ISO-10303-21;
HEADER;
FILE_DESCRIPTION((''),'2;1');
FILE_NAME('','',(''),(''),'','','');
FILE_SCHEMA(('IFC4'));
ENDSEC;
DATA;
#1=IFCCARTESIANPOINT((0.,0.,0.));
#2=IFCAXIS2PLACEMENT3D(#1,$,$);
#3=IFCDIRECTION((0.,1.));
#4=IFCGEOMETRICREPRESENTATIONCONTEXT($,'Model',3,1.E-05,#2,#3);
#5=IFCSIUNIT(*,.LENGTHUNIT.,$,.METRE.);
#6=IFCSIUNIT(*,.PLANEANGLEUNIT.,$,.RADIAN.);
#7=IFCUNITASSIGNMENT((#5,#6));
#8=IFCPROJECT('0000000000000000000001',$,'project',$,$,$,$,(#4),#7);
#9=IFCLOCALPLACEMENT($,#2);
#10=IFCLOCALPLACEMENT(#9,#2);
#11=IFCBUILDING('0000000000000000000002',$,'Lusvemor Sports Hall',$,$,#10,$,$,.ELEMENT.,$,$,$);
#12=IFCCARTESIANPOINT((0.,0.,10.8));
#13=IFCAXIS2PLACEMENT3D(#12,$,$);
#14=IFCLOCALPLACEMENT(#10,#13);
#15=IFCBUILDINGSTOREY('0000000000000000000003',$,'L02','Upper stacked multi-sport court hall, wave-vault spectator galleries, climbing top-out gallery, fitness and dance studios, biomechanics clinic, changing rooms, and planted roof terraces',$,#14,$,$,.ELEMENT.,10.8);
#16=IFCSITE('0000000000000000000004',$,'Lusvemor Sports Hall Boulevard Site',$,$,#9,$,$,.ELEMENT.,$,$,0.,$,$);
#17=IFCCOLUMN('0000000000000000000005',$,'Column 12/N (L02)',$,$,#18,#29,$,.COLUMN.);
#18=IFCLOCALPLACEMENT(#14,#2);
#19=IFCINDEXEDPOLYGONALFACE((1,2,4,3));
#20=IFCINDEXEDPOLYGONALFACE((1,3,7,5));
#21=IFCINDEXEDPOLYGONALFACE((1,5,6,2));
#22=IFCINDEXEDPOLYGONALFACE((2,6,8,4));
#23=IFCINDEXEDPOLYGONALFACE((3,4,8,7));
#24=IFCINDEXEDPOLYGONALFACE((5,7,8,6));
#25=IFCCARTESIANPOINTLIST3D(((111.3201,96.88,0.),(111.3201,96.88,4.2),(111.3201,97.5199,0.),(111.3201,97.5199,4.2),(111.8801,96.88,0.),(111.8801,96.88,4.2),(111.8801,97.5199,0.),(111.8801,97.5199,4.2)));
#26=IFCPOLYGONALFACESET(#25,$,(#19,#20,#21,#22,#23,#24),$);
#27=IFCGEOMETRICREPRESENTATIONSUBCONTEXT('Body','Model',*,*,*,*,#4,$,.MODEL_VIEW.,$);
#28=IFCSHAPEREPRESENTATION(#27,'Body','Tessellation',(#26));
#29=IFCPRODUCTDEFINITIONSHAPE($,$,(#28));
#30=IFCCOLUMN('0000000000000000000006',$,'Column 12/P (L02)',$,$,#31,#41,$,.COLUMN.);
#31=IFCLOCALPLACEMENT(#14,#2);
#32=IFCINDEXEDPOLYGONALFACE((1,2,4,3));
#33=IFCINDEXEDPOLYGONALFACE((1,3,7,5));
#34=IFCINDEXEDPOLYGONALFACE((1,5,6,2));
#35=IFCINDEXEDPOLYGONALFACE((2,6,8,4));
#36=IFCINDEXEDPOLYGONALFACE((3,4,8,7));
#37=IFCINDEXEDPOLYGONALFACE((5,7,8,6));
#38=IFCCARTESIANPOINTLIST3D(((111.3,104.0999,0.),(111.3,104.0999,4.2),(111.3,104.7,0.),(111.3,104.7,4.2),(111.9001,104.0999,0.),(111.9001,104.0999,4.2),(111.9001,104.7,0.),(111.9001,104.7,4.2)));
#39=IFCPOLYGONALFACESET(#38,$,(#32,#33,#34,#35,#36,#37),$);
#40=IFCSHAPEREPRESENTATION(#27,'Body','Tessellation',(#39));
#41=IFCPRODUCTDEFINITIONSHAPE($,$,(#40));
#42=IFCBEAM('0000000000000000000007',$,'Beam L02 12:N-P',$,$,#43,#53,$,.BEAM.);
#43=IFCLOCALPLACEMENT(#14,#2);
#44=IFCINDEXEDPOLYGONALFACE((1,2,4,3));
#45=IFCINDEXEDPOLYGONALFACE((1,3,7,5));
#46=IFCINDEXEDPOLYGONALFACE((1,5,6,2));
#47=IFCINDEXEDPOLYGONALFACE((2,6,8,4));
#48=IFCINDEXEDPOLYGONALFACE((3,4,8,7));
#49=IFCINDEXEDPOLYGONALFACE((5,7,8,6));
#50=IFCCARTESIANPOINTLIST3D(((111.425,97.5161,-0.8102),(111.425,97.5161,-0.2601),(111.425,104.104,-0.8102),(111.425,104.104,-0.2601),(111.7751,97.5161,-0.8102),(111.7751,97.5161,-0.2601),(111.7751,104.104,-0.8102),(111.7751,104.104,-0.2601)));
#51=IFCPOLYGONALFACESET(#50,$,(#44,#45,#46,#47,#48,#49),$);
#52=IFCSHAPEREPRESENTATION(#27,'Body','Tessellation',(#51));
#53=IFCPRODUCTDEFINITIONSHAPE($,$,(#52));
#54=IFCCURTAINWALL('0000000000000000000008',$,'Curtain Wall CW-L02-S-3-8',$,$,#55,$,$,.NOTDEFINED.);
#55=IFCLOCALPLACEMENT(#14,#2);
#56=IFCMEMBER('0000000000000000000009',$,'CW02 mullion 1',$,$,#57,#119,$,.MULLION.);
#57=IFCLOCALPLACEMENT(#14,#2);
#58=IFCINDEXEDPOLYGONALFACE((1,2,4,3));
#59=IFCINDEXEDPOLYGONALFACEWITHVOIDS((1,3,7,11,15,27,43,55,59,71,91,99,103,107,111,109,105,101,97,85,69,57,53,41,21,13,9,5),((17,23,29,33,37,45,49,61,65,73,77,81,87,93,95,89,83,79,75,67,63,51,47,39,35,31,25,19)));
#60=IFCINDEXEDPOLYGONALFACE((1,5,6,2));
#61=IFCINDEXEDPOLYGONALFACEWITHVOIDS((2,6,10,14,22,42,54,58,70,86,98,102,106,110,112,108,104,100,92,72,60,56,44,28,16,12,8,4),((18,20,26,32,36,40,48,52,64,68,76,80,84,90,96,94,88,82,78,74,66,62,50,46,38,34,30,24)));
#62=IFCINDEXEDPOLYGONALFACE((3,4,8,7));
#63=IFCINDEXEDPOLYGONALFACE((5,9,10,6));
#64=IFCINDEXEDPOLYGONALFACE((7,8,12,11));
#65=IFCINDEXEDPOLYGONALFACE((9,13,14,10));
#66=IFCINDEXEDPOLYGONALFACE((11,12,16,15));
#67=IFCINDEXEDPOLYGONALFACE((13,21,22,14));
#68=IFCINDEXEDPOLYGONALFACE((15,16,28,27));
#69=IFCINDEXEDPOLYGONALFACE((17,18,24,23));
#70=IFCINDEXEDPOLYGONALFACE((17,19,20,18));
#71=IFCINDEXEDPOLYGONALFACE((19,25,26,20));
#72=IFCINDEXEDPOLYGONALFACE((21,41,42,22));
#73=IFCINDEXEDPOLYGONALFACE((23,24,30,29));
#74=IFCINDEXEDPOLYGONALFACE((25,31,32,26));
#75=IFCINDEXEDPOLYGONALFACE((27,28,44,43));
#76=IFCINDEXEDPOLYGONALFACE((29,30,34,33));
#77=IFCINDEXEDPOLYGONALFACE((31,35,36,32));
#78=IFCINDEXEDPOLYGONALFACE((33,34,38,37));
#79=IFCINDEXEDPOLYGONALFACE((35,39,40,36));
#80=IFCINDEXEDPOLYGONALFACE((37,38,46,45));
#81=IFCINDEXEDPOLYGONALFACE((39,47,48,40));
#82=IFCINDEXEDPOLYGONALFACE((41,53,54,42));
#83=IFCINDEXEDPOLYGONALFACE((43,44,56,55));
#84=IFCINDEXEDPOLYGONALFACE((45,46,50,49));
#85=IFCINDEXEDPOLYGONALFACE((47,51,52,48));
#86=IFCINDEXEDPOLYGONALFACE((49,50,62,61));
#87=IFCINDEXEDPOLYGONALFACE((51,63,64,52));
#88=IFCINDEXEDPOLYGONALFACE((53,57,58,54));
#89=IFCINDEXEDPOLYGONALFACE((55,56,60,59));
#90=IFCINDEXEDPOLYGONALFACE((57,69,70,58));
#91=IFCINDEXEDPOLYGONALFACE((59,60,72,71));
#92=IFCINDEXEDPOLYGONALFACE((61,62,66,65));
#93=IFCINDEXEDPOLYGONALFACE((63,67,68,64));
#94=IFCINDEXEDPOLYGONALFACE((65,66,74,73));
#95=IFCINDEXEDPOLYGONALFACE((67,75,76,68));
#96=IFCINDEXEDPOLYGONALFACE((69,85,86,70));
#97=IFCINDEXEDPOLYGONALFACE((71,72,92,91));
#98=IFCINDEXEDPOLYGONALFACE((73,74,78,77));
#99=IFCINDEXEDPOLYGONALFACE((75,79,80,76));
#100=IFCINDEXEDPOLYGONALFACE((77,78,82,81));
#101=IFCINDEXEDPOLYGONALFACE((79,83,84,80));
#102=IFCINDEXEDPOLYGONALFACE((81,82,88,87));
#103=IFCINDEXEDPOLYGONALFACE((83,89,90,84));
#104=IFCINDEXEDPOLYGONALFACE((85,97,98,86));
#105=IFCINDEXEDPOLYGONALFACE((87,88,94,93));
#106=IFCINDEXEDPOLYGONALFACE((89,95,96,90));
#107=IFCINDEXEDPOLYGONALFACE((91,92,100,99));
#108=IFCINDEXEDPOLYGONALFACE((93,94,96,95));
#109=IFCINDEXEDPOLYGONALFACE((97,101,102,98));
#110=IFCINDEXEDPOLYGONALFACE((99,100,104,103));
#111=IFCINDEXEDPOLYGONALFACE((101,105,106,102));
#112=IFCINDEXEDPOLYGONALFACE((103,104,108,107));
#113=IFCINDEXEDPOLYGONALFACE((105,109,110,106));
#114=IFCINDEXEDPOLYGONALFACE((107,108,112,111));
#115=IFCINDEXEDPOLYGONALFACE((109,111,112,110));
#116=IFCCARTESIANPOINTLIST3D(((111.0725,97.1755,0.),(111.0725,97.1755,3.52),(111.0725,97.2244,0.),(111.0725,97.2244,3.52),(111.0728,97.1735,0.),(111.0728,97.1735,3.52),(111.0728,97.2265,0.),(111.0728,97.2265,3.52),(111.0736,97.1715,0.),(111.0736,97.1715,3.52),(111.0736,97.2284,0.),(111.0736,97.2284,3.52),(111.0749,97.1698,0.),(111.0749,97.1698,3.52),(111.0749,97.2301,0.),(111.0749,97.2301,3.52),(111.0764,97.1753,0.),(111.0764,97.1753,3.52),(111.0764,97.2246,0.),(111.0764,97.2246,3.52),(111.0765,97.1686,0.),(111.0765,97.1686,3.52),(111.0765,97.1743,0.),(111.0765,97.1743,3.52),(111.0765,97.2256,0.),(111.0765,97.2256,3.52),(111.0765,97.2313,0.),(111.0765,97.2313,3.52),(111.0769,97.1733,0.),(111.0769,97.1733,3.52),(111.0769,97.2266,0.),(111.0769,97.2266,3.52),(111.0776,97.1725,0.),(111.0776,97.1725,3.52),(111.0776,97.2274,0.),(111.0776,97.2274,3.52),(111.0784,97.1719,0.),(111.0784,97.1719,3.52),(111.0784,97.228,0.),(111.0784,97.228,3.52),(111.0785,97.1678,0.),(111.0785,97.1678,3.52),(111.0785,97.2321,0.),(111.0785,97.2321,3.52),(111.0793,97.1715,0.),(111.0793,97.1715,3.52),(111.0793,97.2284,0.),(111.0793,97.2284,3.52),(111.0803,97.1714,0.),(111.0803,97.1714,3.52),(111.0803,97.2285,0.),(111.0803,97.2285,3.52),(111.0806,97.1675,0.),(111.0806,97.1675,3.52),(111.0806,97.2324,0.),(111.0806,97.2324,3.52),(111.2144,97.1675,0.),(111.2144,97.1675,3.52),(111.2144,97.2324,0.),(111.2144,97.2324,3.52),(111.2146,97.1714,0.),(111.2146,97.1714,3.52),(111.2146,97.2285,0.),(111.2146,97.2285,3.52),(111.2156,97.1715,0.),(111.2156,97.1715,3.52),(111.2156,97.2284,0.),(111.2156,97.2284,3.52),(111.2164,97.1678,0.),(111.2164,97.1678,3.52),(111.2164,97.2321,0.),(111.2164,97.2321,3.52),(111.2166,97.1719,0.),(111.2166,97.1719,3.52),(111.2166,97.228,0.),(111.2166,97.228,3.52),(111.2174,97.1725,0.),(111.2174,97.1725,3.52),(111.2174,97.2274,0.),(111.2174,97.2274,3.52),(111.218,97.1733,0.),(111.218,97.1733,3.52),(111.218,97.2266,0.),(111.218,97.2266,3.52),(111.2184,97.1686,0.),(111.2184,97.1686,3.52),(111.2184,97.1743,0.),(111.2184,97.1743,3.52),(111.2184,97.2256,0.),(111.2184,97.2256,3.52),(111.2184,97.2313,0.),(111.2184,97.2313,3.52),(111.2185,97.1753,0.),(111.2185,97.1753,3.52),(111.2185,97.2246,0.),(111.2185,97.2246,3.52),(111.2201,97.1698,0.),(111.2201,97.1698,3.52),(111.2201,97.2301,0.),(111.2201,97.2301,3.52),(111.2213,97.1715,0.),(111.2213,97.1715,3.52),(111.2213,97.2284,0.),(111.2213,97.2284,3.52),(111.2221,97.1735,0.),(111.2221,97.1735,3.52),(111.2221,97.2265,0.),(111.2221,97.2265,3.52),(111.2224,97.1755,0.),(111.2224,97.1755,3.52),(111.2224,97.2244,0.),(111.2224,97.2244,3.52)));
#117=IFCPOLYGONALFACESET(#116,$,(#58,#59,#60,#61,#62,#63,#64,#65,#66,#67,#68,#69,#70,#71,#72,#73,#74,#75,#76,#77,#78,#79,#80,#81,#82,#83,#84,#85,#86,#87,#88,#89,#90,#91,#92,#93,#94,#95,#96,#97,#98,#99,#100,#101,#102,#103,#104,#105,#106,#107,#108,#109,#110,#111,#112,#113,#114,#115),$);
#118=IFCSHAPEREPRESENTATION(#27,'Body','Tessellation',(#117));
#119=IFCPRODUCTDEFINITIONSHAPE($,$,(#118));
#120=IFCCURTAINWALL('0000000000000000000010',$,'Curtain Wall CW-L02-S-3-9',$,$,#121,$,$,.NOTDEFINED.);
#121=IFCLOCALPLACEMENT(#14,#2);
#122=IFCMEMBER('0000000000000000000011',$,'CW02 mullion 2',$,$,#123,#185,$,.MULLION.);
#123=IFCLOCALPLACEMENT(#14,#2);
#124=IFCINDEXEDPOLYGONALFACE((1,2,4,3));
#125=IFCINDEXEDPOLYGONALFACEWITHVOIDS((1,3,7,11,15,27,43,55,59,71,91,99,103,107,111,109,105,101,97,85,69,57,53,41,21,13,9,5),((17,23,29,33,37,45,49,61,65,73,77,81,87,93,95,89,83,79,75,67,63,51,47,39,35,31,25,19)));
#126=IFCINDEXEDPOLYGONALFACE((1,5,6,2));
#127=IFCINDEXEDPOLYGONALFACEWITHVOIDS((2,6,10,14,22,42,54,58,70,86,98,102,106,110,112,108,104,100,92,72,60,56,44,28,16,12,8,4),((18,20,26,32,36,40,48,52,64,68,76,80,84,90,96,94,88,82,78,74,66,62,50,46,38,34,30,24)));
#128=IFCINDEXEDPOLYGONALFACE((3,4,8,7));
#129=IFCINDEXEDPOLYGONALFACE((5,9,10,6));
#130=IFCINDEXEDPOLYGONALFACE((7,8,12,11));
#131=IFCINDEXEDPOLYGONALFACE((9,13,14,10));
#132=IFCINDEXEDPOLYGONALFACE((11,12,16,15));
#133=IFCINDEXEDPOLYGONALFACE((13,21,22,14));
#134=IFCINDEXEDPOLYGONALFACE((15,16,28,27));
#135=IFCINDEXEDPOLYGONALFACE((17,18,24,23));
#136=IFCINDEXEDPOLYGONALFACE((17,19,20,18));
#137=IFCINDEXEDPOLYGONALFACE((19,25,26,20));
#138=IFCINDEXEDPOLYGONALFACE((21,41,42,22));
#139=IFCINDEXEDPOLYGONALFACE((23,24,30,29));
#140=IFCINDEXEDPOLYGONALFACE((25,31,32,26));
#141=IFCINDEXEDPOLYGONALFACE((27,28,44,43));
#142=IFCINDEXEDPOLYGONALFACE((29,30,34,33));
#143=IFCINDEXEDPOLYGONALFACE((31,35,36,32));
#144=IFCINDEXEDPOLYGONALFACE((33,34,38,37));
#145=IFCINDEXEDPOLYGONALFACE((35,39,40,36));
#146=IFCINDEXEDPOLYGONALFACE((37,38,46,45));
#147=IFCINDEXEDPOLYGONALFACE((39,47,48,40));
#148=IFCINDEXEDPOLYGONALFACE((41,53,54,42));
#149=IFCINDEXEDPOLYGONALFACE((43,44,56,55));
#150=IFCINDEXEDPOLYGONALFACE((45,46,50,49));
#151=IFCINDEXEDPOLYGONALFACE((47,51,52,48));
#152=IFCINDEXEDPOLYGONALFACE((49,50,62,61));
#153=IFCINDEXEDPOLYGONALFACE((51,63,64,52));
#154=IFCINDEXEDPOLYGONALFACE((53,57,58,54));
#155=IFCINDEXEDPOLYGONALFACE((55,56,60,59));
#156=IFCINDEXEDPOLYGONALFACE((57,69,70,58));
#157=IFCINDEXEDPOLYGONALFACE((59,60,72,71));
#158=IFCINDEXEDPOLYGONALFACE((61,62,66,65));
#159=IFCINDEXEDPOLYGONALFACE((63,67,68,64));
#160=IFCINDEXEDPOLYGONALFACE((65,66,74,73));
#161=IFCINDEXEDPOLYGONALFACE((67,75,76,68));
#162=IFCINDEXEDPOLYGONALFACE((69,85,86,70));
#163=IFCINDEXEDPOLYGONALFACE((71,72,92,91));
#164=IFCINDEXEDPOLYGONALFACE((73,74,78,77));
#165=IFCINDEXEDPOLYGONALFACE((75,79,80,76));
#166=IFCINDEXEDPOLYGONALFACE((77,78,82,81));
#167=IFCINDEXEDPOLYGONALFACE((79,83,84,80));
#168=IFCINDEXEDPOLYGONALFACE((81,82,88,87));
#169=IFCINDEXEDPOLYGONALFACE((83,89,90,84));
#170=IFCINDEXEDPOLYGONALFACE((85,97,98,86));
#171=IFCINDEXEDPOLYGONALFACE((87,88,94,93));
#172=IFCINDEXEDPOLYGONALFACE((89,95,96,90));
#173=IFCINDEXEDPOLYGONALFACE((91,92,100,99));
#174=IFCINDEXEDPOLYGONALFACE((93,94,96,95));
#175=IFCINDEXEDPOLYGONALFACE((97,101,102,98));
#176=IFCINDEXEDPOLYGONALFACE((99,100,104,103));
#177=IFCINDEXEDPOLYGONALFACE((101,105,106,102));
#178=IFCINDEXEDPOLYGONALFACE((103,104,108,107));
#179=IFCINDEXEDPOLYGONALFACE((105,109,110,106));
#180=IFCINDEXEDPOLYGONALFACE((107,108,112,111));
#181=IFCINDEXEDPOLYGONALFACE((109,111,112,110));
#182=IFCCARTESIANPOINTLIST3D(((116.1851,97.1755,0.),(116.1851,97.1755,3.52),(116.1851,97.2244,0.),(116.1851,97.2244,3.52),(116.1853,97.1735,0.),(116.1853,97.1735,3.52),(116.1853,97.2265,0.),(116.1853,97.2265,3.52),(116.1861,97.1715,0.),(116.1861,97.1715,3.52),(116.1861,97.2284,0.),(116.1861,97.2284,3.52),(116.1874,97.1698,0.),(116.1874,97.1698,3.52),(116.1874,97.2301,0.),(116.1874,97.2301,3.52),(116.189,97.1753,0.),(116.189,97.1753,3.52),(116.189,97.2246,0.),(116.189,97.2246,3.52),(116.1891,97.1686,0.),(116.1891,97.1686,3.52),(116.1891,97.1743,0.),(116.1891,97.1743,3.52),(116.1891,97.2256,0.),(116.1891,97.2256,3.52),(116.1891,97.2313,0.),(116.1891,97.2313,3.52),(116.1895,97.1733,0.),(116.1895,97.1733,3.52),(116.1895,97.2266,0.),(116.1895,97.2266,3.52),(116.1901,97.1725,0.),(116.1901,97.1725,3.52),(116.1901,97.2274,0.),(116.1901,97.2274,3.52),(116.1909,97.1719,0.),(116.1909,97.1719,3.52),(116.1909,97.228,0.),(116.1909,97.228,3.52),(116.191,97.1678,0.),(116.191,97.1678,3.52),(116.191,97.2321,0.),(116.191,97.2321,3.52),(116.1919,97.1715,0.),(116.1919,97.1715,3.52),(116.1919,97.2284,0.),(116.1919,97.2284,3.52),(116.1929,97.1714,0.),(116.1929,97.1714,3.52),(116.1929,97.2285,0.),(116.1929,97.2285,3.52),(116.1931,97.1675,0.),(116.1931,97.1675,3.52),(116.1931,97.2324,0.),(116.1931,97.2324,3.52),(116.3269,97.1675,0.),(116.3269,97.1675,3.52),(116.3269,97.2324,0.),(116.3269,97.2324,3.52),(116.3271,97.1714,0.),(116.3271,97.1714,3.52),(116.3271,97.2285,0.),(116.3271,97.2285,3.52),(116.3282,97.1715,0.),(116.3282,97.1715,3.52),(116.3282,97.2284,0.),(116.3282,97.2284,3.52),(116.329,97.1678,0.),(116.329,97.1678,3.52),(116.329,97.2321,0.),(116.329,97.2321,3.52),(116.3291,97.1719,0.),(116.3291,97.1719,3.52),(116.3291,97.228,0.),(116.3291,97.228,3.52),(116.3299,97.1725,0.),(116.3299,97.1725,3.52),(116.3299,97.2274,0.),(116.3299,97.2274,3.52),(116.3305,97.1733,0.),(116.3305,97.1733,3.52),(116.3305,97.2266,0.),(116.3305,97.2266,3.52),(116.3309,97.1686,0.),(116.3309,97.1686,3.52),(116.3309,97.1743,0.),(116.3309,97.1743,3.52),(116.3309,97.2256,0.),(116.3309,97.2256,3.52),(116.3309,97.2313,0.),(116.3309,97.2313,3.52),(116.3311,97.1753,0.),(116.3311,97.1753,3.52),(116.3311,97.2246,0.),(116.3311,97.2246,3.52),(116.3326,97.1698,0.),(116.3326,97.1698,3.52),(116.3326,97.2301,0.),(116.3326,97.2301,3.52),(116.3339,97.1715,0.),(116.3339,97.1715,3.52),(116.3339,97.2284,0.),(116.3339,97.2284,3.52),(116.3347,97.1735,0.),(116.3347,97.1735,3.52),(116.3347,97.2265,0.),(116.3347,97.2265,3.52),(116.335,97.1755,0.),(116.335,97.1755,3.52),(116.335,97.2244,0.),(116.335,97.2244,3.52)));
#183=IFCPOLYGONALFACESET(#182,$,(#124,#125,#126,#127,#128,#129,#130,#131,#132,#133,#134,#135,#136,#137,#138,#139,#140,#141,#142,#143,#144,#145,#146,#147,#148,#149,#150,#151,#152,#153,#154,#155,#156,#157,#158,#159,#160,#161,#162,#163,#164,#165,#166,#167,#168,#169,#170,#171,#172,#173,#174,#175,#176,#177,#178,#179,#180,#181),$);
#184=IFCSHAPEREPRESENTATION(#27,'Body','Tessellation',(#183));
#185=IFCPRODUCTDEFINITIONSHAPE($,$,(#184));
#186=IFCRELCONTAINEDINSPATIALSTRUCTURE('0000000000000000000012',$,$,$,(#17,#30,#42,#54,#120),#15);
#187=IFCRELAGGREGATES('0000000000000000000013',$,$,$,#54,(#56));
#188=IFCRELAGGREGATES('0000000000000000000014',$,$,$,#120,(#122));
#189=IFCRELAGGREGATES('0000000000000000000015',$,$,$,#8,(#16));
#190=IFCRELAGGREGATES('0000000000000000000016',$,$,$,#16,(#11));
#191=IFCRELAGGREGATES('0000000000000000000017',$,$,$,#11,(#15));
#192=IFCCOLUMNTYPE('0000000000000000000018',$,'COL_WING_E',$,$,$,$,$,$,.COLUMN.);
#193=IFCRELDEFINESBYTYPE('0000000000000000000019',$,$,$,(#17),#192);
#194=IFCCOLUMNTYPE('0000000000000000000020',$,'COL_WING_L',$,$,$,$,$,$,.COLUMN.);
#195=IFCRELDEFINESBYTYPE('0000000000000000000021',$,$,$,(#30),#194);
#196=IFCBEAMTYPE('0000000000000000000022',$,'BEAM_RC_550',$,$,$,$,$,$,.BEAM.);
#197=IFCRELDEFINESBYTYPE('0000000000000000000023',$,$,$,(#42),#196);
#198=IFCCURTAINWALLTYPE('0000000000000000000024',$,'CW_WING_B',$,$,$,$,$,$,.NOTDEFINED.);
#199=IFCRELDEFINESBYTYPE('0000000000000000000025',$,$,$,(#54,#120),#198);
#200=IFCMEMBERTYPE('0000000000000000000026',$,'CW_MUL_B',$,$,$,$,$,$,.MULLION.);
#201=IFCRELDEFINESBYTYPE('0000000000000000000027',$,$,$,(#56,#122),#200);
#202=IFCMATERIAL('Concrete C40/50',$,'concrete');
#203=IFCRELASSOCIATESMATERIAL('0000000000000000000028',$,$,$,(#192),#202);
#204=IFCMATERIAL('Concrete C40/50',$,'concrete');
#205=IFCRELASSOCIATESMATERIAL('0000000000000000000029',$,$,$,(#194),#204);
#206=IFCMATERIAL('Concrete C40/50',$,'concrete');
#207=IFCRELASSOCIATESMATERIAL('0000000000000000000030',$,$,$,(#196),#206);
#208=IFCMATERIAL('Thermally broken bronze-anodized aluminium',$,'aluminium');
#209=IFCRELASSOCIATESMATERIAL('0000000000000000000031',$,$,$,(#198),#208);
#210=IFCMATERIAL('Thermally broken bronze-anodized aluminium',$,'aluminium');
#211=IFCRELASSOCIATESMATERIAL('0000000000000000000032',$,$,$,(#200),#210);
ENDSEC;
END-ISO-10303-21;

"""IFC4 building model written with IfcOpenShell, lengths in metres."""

from ifc_helpers import new_model, si_unit, direction, frame, origin, origin_2d, place, context, subcontext, project, spatial, rectangle, hollow_rectangle, extrude, material, material_profile, profile_set, type_object, element, aggregate, save


model = new_model("IFC4")

# Units and contexts
model_context = context("Model", 3, precision=1e-05, world=origin(), true_north=direction((0.0, 1.0)))
body_context = subcontext(model_context, "Body", "Model", "MODEL_VIEW")
ifc_project = project(units=[si_unit("LENGTHUNIT", "METRE"), si_unit("PLANEANGLEUNIT", "RADIAN")], contexts=[model_context])

# Site, building, storey
site_placement = place(None, origin())
site = spatial("IfcSite", under=ifc_project, at=site_placement, Name="Lusvemor Sports Hall Boulevard Site", CompositionType="ELEMENT", RefElevation=0.0)
building_placement = place(site_placement, origin())
building = spatial("IfcBuilding", under=site, at=building_placement, Name="Lusvemor Sports Hall", CompositionType="ELEMENT")
storey_placement = place(building_placement, frame((0.0, 0.0, 10.8)))
storey = spatial("IfcBuildingStorey", under=building, at=storey_placement, Name="L02", Description="Upper stacked multi-sport court hall, wave-vault spectator galleries, climbing top-out gallery, fitness and dance studios, biomechanics clinic, changing rooms, and planted roof terraces", CompositionType="ELEMENT", Elevation=10.8)

# Columns
ifc_material_1 = material(Name="Concrete C40/50", Category="concrete")
ifc_material_profile_1 = material_profile(ifc_material_1, rectangle(XDim=0.5601, YDim=0.6399, at=origin_2d()), Name="RC560x640")
ifc_profile_set_1 = profile_set([ifc_material_profile_1], Name="Concrete C40/50")
column_type_1 = type_object("IfcColumnType", Name="COL_WING_E", PredefinedType="COLUMN", material=ifc_profile_set_1)
column_1_placement = place(storey_placement, frame((111.6001, 97.2, 0.0), z_axis=(0.0, 0.0, 1.0), x_axis=(1.0, 0.0, 0.0)))
element("IfcColumn", 1, at=column_1_placement, inside=storey, type_object=column_type_1, Name="Column 12/N (L02)", PredefinedType="COLUMN", context=body_context, shape_type="SweptSolid", body=[
    extrude(rectangle(XDim=0.5601, YDim=0.6399, at=origin_2d()), origin(), (0.0, 0.0, 1.0), 4.2),
])
ifc_material_2 = material(Name="Concrete C40/50", Category="concrete")
ifc_material_profile_2 = material_profile(ifc_material_2, rectangle(XDim=0.6001, YDim=0.6001, at=origin_2d()), Name="RC600x600")
ifc_profile_set_2 = profile_set([ifc_material_profile_2], Name="Concrete C40/50")
column_type_2 = type_object("IfcColumnType", Name="COL_WING_L", PredefinedType="COLUMN", material=ifc_profile_set_2)
column_2_placement = place(storey_placement, frame((111.6001, 104.3999, 0.0), z_axis=(0.0, 0.0, 1.0), x_axis=(1.0, 0.0, 0.0)))
element("IfcColumn", 2, at=column_2_placement, inside=storey, type_object=column_type_2, Name="Column 12/P (L02)", PredefinedType="COLUMN", context=body_context, shape_type="SweptSolid", body=[
    extrude(rectangle(XDim=0.6001, YDim=0.6001, at=origin_2d()), origin(), (0.0, 0.0, 1.0), 4.2),
])

# Beam
ifc_material_3 = material(Name="Concrete C40/50", Category="concrete")
ifc_material_profile_3 = material_profile(ifc_material_3, rectangle(XDim=0.3501, YDim=0.55, at=origin_2d()), Name="RC350x550")
ifc_profile_set_3 = profile_set([ifc_material_profile_3], Name="Concrete C40/50")
beam_type_1 = type_object("IfcBeamType", Name="BEAM_RC_550", PredefinedType="BEAM", material=ifc_profile_set_3)
beam_1_placement = place(storey_placement, frame((111.6001, 97.5161, -0.5352), z_axis=(0.0, 1.0, 0.0), x_axis=(-1.0, 0.0, 0.0)))
element("IfcBeam", 3, at=beam_1_placement, inside=storey, type_object=beam_type_1, Name="Beam L02 12:N-P", PredefinedType="BEAM", context=body_context, shape_type="SweptSolid", body=[
    extrude(rectangle(XDim=0.3501, YDim=0.55, at=origin_2d()), origin(), (0.0, 0.0, 1.0), 6.5879),
])

# Curtain wall, member
ifc_material_4 = material(Name="Thermally broken bronze-anodized aluminium", Category="aluminium")
curtain_wall_type = type_object("IfcCurtainWallType", Name="CW_WING_B", PredefinedType="NOTDEFINED", material=ifc_material_4)
curtain_wall_1_placement = place(storey_placement, origin())
curtain_wall_1 = element("IfcCurtainWall", 4, at=curtain_wall_1_placement, inside=storey, type_object=curtain_wall_type, Name="Curtain Wall CW-L02-S-3-8", PredefinedType="NOTDEFINED")
ifc_material_5 = material(Name="Thermally broken bronze-anodized aluminium", Category="aluminium")
ifc_material_profile_4 = material_profile(ifc_material_5, hollow_rectangle(XDim=0.0649, YDim=0.1499, WallThickness=0.0039, InnerFilletRadius=0.0039, OuterFilletRadius=0.0081, at=origin_2d()), Name="CWMUL150x65x4")
ifc_profile_set_4 = profile_set([ifc_material_profile_4], Name="Thermally broken bronze-anodized aluminium")
member_type_1 = type_object("IfcMemberType", Name="CW_MUL_B", PredefinedType="MULLION", material=ifc_profile_set_4)
member_1_placement = place(storey_placement, frame((111.1475, 97.2, 0.0), z_axis=(0.0, 0.0, 1.0), x_axis=(0.0, -1.0, 0.0)))
member_1 = element("IfcMember", 5, at=member_1_placement, type_object=member_type_1, Name="CW02 mullion 1", PredefinedType="MULLION", context=body_context, shape_type="SweptSolid", body=[
    extrude(hollow_rectangle(XDim=0.0649, YDim=0.1499, WallThickness=0.0039, InnerFilletRadius=0.0039, OuterFilletRadius=0.0081, at=origin_2d()), origin(), (0.0, 0.0, 1.0), 3.52),
])

# Curtain wall, member
curtain_wall_2_placement = place(storey_placement, origin())
curtain_wall_2 = element("IfcCurtainWall", 6, at=curtain_wall_2_placement, inside=storey, type_object=curtain_wall_type, Name="Curtain Wall CW-L02-S-3-9", PredefinedType="NOTDEFINED")
member_2_placement = place(storey_placement, frame((116.26, 97.2, 0.0), z_axis=(0.0, 0.0, 1.0), x_axis=(0.0, -1.0, 0.0)))
member_2 = element("IfcMember", 7, at=member_2_placement, type_object=member_type_1, Name="CW02 mullion 2", PredefinedType="MULLION", context=body_context, shape_type="SweptSolid", body=[
    extrude(hollow_rectangle(XDim=0.0649, YDim=0.1499, WallThickness=0.0039, InnerFilletRadius=0.0039, OuterFilletRadius=0.0081, at=origin_2d()), origin(), (0.0, 0.0, 1.0), 3.52),
])

aggregate(curtain_wall_1, [member_1])
aggregate(curtain_wall_2, [member_2])

save(model, "model.ifc")
